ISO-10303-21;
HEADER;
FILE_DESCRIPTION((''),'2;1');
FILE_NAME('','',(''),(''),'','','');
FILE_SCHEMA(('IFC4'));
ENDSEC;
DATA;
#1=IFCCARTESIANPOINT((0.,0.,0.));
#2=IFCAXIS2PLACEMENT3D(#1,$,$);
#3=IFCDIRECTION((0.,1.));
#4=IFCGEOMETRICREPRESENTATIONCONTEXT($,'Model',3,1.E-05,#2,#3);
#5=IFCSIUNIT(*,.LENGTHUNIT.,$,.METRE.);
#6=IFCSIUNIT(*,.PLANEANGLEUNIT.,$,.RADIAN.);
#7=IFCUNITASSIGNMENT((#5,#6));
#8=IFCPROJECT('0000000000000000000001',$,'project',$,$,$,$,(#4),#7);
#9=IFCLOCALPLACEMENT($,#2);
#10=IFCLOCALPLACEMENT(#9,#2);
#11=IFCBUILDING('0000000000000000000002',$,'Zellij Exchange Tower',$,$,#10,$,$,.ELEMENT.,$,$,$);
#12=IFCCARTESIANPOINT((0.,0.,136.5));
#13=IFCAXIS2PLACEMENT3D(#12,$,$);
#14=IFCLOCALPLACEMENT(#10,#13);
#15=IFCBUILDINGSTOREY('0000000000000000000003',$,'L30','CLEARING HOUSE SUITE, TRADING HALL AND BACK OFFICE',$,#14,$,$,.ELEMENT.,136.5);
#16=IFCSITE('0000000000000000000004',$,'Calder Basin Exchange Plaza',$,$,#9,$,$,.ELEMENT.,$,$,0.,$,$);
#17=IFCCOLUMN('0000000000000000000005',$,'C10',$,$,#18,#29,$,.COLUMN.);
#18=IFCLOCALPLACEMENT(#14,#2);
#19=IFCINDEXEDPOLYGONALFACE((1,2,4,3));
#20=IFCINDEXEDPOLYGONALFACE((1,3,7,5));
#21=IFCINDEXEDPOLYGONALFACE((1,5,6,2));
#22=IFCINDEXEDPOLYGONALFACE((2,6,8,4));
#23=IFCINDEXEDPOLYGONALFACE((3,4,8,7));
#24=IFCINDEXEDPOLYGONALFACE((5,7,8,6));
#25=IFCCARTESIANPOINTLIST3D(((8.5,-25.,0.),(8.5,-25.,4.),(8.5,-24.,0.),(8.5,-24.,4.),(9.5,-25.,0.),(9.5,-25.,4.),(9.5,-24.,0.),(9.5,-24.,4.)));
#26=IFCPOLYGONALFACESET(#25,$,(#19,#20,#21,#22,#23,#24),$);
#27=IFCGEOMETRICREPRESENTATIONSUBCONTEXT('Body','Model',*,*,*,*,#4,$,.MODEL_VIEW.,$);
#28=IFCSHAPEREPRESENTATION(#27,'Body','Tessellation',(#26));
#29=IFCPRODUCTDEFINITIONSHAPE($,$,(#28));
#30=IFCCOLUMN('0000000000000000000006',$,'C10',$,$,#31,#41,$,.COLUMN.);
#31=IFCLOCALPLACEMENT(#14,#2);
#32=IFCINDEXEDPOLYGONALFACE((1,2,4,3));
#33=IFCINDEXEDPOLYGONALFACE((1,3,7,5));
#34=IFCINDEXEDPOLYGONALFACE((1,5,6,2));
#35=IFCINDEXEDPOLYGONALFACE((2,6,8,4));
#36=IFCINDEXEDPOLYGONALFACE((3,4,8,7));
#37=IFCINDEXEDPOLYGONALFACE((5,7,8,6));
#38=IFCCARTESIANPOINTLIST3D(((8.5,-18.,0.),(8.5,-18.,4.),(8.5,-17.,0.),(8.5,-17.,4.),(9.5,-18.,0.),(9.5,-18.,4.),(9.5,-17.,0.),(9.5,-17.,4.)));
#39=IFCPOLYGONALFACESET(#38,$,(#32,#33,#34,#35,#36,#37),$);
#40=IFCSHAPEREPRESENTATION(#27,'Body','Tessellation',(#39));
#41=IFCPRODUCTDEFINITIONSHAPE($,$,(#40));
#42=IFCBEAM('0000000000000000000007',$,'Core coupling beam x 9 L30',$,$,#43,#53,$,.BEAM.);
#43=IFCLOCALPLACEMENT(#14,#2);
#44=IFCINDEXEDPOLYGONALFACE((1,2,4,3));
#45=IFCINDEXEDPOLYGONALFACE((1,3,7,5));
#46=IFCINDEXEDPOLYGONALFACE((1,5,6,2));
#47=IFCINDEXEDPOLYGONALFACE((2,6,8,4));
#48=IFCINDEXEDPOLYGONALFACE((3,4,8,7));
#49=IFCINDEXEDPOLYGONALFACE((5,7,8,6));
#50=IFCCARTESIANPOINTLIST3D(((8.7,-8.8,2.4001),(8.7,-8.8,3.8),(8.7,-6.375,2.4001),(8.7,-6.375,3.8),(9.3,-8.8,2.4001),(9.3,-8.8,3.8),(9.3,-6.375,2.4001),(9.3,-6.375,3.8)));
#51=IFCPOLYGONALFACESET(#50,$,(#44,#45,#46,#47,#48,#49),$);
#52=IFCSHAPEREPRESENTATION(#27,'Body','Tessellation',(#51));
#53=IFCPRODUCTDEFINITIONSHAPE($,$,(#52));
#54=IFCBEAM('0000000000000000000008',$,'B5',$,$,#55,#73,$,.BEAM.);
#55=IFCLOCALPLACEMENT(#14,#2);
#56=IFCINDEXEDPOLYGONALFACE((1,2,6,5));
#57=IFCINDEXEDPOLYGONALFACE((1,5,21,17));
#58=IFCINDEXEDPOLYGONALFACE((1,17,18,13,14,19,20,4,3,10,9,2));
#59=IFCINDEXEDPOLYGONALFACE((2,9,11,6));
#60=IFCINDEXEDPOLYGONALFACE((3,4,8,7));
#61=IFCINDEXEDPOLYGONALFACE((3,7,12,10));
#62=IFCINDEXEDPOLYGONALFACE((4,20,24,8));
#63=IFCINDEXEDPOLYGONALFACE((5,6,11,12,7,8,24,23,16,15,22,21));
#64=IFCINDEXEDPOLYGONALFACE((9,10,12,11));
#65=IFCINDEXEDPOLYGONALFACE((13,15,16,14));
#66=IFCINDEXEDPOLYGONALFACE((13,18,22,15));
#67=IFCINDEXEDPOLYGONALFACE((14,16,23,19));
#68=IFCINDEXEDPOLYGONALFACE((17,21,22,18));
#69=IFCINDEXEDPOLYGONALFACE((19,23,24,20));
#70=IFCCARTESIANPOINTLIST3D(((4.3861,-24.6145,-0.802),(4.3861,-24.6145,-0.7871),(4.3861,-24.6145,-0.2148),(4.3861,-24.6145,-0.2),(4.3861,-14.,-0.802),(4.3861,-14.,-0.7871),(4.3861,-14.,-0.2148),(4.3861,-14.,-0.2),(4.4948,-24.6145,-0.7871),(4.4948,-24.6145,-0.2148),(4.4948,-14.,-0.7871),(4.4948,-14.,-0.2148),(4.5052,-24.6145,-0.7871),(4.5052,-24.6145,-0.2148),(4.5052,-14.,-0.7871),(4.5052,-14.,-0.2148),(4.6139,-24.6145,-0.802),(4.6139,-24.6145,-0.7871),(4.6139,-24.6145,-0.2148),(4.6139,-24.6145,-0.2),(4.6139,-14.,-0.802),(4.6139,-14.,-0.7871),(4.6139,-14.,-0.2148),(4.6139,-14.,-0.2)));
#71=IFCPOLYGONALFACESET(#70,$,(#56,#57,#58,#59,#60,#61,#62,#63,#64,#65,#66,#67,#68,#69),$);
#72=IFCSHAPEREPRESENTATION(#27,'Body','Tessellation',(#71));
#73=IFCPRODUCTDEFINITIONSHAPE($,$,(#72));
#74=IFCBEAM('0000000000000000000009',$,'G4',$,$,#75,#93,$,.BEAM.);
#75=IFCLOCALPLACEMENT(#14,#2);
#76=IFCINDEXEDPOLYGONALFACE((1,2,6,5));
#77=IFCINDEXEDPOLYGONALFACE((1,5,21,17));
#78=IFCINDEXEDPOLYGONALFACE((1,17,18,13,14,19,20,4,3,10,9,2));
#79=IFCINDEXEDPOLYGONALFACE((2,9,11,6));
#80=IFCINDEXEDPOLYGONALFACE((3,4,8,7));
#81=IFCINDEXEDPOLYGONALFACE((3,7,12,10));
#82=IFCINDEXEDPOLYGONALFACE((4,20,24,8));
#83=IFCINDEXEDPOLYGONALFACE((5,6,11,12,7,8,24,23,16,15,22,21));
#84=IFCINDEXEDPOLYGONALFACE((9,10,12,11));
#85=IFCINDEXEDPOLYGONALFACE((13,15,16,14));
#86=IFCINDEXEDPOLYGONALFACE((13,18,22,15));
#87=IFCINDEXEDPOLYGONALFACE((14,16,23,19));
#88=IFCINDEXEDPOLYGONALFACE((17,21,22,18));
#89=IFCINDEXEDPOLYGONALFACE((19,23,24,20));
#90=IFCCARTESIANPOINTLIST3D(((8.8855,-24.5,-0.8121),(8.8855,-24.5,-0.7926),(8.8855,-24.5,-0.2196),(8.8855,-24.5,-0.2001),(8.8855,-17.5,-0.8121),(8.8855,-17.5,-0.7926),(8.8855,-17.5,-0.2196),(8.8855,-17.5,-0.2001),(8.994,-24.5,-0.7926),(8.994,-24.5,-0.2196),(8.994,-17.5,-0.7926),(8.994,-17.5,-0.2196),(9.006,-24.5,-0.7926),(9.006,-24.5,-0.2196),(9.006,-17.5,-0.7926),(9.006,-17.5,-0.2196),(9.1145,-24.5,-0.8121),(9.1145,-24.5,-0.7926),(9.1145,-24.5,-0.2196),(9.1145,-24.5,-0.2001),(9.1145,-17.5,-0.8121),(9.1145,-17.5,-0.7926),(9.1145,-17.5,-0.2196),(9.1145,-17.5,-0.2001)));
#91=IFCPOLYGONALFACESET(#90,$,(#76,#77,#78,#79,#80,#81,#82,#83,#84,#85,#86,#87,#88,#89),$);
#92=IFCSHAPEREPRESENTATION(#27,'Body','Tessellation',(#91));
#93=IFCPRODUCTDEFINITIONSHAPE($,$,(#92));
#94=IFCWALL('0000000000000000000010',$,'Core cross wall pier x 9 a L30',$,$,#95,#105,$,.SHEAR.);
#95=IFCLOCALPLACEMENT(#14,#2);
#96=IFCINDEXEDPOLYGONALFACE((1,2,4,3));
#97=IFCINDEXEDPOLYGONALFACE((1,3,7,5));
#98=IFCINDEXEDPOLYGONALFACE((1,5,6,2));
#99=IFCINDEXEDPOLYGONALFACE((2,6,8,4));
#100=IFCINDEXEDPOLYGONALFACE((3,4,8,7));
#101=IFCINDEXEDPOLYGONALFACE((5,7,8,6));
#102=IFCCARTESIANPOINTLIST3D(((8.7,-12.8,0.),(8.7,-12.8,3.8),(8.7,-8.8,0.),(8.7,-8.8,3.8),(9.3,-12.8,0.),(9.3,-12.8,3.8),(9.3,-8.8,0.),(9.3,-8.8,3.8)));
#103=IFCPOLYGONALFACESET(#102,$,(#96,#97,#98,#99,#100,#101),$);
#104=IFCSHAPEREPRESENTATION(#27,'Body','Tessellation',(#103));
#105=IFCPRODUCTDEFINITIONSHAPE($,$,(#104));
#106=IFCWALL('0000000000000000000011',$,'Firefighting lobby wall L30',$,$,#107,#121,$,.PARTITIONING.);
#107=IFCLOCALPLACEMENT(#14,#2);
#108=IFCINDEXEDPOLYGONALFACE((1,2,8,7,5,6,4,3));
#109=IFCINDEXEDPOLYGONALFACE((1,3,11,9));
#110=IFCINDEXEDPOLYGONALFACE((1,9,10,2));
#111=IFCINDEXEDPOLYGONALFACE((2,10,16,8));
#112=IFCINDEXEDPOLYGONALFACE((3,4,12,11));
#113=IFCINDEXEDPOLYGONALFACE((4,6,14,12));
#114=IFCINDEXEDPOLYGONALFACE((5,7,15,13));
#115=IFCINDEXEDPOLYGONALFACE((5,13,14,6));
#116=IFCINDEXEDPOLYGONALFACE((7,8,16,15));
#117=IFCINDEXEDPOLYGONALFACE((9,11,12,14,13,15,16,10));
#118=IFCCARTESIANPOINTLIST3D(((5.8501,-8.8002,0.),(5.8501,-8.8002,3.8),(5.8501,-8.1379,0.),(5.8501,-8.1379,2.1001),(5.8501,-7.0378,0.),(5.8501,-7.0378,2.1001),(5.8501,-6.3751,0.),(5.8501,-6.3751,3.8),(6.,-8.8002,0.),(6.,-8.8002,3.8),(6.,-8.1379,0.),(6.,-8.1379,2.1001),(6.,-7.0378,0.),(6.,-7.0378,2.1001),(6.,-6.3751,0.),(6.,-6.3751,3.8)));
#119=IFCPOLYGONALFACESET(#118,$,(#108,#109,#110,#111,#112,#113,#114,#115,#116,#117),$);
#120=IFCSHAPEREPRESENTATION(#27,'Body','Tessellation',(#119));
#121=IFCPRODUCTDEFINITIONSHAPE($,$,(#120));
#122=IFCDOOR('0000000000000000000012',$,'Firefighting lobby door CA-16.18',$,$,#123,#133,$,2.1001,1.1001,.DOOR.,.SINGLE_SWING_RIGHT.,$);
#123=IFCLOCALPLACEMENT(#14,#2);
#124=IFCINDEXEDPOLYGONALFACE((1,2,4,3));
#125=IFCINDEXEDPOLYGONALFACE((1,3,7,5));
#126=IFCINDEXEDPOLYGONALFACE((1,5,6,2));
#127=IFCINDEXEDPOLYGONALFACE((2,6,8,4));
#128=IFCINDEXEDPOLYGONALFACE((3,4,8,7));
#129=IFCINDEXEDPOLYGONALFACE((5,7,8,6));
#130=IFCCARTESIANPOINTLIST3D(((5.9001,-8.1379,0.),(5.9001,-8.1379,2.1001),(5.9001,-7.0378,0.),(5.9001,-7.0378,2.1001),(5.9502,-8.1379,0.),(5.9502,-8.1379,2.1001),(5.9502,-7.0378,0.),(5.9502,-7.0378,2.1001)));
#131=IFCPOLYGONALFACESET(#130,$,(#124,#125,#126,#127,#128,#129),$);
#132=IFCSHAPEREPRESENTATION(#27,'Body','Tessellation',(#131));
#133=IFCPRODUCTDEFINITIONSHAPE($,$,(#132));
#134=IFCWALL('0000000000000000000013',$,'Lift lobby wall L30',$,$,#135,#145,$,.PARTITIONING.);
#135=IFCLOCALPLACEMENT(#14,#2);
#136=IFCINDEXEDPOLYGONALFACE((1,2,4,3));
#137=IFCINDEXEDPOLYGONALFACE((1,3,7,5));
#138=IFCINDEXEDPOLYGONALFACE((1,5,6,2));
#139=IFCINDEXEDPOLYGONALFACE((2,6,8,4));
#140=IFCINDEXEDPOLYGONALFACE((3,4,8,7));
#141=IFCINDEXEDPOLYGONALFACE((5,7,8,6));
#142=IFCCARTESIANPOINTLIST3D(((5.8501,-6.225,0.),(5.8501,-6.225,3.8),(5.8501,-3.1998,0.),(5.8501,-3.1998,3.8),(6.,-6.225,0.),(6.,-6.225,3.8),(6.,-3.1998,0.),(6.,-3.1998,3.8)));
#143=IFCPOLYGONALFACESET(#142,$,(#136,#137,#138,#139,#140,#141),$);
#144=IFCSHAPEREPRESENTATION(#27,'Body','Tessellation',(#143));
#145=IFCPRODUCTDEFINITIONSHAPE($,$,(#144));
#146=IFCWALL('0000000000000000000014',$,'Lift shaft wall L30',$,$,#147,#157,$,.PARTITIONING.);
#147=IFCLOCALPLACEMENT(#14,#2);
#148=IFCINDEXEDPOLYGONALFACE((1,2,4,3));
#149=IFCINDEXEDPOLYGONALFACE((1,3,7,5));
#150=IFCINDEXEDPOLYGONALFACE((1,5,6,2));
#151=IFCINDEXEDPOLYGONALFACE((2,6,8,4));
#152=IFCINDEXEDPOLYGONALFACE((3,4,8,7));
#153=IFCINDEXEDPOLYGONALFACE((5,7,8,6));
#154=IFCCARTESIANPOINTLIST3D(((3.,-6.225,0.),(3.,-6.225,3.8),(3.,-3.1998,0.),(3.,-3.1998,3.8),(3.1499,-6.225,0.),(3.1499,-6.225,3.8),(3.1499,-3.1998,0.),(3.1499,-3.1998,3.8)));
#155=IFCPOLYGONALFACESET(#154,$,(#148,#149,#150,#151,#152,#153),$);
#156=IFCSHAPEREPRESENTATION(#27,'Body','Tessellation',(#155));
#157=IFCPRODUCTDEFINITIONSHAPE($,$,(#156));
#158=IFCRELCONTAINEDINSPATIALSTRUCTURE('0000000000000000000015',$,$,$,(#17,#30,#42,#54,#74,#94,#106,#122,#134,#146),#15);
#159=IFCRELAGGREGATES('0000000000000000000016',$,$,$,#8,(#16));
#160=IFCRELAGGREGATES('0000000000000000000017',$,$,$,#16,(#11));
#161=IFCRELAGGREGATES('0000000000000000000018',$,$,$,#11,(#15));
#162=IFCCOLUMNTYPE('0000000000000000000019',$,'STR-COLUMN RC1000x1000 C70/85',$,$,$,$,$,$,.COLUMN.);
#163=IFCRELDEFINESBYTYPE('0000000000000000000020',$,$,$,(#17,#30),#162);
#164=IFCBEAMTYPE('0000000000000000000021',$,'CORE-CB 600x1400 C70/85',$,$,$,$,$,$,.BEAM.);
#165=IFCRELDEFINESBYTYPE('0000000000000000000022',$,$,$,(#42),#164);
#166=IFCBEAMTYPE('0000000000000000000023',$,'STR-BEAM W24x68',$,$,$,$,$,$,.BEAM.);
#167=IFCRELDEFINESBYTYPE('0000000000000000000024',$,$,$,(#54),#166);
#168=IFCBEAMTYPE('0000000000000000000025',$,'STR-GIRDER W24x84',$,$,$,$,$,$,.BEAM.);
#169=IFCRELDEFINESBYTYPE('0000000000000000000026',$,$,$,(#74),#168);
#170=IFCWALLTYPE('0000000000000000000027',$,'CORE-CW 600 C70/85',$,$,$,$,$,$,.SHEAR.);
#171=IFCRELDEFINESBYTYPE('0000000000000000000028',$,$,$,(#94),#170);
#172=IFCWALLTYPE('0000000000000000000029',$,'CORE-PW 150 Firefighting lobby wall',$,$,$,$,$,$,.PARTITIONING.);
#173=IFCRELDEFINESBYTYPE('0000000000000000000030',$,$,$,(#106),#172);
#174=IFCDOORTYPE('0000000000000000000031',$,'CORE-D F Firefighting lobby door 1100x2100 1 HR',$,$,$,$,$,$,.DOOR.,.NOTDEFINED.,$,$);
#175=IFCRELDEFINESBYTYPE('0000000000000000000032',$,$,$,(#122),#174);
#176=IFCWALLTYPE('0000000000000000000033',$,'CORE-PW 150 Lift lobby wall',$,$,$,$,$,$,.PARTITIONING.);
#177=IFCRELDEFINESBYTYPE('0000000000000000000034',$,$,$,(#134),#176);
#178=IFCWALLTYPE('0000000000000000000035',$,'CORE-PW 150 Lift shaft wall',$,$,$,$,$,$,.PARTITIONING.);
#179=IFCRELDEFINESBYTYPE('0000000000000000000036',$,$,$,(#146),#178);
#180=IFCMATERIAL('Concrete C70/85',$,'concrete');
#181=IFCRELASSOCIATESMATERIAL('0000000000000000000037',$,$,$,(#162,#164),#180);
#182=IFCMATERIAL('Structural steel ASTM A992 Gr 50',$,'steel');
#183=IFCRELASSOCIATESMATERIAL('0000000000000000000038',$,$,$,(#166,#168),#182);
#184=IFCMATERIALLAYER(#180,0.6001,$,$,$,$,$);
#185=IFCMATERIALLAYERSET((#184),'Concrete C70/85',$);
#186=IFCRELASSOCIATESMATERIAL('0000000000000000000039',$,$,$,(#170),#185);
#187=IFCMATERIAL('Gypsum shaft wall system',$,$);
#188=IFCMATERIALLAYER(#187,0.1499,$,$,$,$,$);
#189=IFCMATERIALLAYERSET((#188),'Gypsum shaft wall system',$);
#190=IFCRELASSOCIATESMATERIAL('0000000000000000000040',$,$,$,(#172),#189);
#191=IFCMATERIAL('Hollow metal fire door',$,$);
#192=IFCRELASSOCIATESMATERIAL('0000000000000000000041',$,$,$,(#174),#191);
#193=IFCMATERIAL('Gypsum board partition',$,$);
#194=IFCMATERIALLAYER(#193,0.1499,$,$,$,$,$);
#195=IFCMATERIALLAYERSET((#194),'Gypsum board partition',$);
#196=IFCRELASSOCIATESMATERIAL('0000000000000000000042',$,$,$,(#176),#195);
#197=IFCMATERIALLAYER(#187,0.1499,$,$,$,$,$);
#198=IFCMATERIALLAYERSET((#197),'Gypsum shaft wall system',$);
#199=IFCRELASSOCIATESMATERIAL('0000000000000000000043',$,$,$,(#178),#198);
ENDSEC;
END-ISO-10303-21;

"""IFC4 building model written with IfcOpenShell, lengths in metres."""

from ifc_helpers import new_model, si_unit, direction, frame, frame_2d, origin, origin_2d, place, context, subcontext, project, spatial, rectangle, i_section, extrude, material, layer, layer_set, material_profile, profile_set, type_object, element, fill, save


model = new_model("IFC4")

# Units and contexts
model_context = context("Model", 3, precision=1e-05, world=origin(), true_north=direction((0.0, 1.0)))
body_context = subcontext(model_context, "Body", "Model", "MODEL_VIEW")
ifc_project = project(units=[si_unit("LENGTHUNIT", "METRE"), si_unit("PLANEANGLEUNIT", "RADIAN")], contexts=[model_context])

# Site, building, storey
site_placement = place(None, origin())
site = spatial("IfcSite", under=ifc_project, at=site_placement, Name="Calder Basin Exchange Plaza", CompositionType="ELEMENT", RefElevation=0.0)
building_placement = place(site_placement, origin())
building = spatial("IfcBuilding", under=site, at=building_placement, Name="Zellij Exchange Tower", CompositionType="ELEMENT")
storey_placement = place(building_placement, frame((0.0, 0.0, 136.5)))
storey = spatial("IfcBuildingStorey", under=building, at=storey_placement, Name="L30", Description="CLEARING HOUSE SUITE, TRADING HALL AND BACK OFFICE", CompositionType="ELEMENT", Elevation=136.5)

# Columns
ifc_material_1 = material(Name="Concrete C70/85", Category="concrete")
ifc_material_profile_1 = material_profile(ifc_material_1, rectangle(XDim=1.0, YDim=1.0, at=origin_2d()), Name="STR-COLUMN RC1000x1000 C70/85")
ifc_profile_set_1 = profile_set([ifc_material_profile_1], Name="Concrete C70/85")
column_type = type_object("IfcColumnType", Name="STR-COLUMN RC1000x1000 C70/85", PredefinedType="COLUMN", material=ifc_profile_set_1)
for number, where, z_axis, x_axis, name in (
    (1, (9.0, -24.5, 0.0), (0.0, 0.0, 1.0), (1.0, 0.0, 0.0), "C10"),
    (2, (9.0, -17.5, 0.0), (0.0, 0.0, 1.0), (1.0, 0.0, 0.0), "C10"),
):
    element("IfcColumn", number, at=place(storey_placement, frame(where, z_axis=z_axis, x_axis=x_axis)), inside=storey, type_object=column_type, Name=name, PredefinedType="COLUMN", context=body_context, shape_type="SweptSolid", body=[
        extrude(rectangle(XDim=1.0, YDim=1.0, at=origin_2d()), origin(), (0.0, 0.0, 1.0), 4.0),
    ])

# Beams
ifc_material_profile_2 = material_profile(ifc_material_1, rectangle(XDim=0.6001, YDim=1.3999, at=origin_2d()), Name="CORE-CB 600x1400 C70/85")
ifc_profile_set_2 = profile_set([ifc_material_profile_2], Name="Concrete C70/85")
beam_type_1 = type_object("IfcBeamType", Name="CORE-CB 600x1400 C70/85", PredefinedType="BEAM", material=ifc_profile_set_2)
beam_1_placement = place(storey_placement, frame((9.0, -8.8, 3.1001), z_axis=(0.0, 1.0, 0.0), x_axis=(-1.0, 0.0, 0.0)))
element("IfcBeam", 3, at=beam_1_placement, inside=storey, type_object=beam_type_1, Name="Core coupling beam x 9 L30", PredefinedType="BEAM", context=body_context, shape_type="SweptSolid", body=[
    extrude(rectangle(XDim=0.6001, YDim=1.3999, at=origin_2d()), origin(), (0.0, 0.0, 1.0), 2.425),
])
ifc_material_2 = material(Name="Structural steel ASTM A992 Gr 50", Category="steel")
ifc_material_profile_3 = material_profile(ifc_material_2, i_section(OverallWidth=0.2278, OverallDepth=0.6021, WebThickness=0.0105, FlangeThickness=0.0149, at=origin_2d()), Name="W24x68")
ifc_profile_set_3 = profile_set([ifc_material_profile_3], Name="Structural steel ASTM A992 Gr 50")
beam_type_2 = type_object("IfcBeamType", Name="STR-BEAM W24x68", PredefinedType="BEAM", material=ifc_profile_set_3)
beam_2_placement = place(storey_placement, frame((4.5, -24.6145, -0.501), z_axis=(0.0, 1.0, 0.0), x_axis=(-1.0, 0.0, 0.0)))
element("IfcBeam", 4, at=beam_2_placement, inside=storey, type_object=beam_type_2, Name="B5", PredefinedType="BEAM", context=body_context, shape_type="SweptSolid", body=[
    extrude(i_section(OverallWidth=0.2278, OverallDepth=0.6021, WebThickness=0.0105, FlangeThickness=0.0149, at=origin_2d()), origin(), (0.0, 0.0, 1.0), 10.6145),
])
ifc_material_profile_4 = material_profile(ifc_material_2, i_section(OverallWidth=0.229, OverallDepth=0.6121, WebThickness=0.012, FlangeThickness=0.0195, at=origin_2d()), Name="W24x84")
ifc_profile_set_4 = profile_set([ifc_material_profile_4], Name="Structural steel ASTM A992 Gr 50")
beam_type_3 = type_object("IfcBeamType", Name="STR-GIRDER W24x84", PredefinedType="BEAM", material=ifc_profile_set_4)
beam_3_placement = place(storey_placement, frame((9.0, -24.5, -0.5061), z_axis=(0.0, 1.0, 0.0), x_axis=(-1.0, 0.0, 0.0)))
element("IfcBeam", 5, at=beam_3_placement, inside=storey, type_object=beam_type_3, Name="G4", PredefinedType="BEAM", context=body_context, shape_type="SweptSolid", body=[
    extrude(i_section(OverallWidth=0.229, OverallDepth=0.6121, WebThickness=0.012, FlangeThickness=0.0195, at=origin_2d()), origin(), (0.0, 0.0, 1.0), 7.0),
])

# Wall
ifc_layer_1 = layer(ifc_material_1, 0.6001)
ifc_layer_set_1 = layer_set([ifc_layer_1], Name="Concrete C70/85")
wall_type_1 = type_object("IfcWallType", Name="CORE-CW 600 C70/85", PredefinedType="SHEAR", material=ifc_layer_set_1)
wall_1_placement = place(storey_placement, frame((9.0, -12.8, 0.0), z_axis=(0.0, 0.0, 1.0), x_axis=(0.0, 1.0, 0.0)))
element("IfcWall", 6, at=wall_1_placement, inside=storey, type_object=wall_type_1, Name="Core cross wall pier x 9 a L30", PredefinedType="SHEAR", context=body_context, shape_type="SweptSolid", body=[
    extrude(rectangle(XDim=4.0, YDim=0.6001, at=frame_2d((2.0, 0.0))), origin(), (0.0, 0.0, 1.0), 3.8),
])

# Wall, opening, door
ifc_material_3 = material(Name="Gypsum shaft wall system")
ifc_layer_2 = layer(ifc_material_3, 0.1499)
ifc_layer_set_2 = layer_set([ifc_layer_2], Name="Gypsum shaft wall system")
wall_type_2 = type_object("IfcWallType", Name="CORE-PW 150 Firefighting lobby wall", PredefinedType="PARTITIONING", material=ifc_layer_set_2)
wall_2_placement = place(storey_placement, frame((5.925, -8.8, 0.0), z_axis=(0.0, 0.0, 1.0), x_axis=(0.0, 1.0, 0.0)))
wall_2 = element("IfcWall", 7, at=wall_2_placement, inside=storey, type_object=wall_type_2, Name="Firefighting lobby wall L30", PredefinedType="PARTITIONING", context=body_context, shape_type="SweptSolid", body=[
    extrude(rectangle(XDim=2.425, YDim=0.1499, at=frame_2d((1.2124, 0.0))), origin(), (0.0, 0.0, 1.0), 3.8),
])
opening_1_placement = place(wall_2_placement, frame((0.6621, 0.0, 0.0)))
opening_1 = element("IfcOpeningElement", 8, at=opening_1_placement, cuts=wall_2, PredefinedType="OPENING", context=body_context, shape_type="SweptSolid", body=[
    extrude(rectangle(XDim=1.1001, YDim=2.1001, at=frame_2d((0.55, 1.05))), frame((0.0, 0.0869, 0.0), z_axis=(0.0, -1.0, 0.0), x_axis=(1.0, 0.0, 0.0)), (0.0, 0.0, 1.0), 0.1738),
])
ifc_material_4 = material(Name="Hollow metal fire door")
door_type_1 = type_object("IfcDoorType", Name="CORE-D F Firefighting lobby door 1100x2100 1 HR", OperationType="NOTDEFINED", PredefinedType="DOOR", material=ifc_material_4)
door_1_placement = place(opening_1_placement, origin())
door_1 = element("IfcDoor", 9, at=door_1_placement, inside=storey, type_object=door_type_1, Name="Firefighting lobby door CA-16.18", OperationType="SINGLE_SWING_RIGHT", OverallHeight=2.1001, OverallWidth=1.1001, PredefinedType="DOOR", context=body_context, shape_type="SweptSolid", body=[
    extrude(rectangle(XDim=1.1001, YDim=2.1001, at=frame_2d((0.55, 1.05))), frame((0.0, 0.0249, 0.0), z_axis=(0.0, -1.0, 0.0), x_axis=(1.0, 0.0, 0.0)), (0.0, 0.0, 1.0), 0.05),
])
fill(opening_1, door_1)

# Walls
ifc_material_5 = material(Name="Gypsum board partition")
ifc_layer_3 = layer(ifc_material_5, 0.1499)
ifc_layer_set_3 = layer_set([ifc_layer_3], Name="Gypsum board partition")
wall_type_3 = type_object("IfcWallType", Name="CORE-PW 150 Lift lobby wall", PredefinedType="PARTITIONING", material=ifc_layer_set_3)
wall_3_placement = place(storey_placement, frame((5.925, -6.2251, 0.0), z_axis=(0.0, 0.0, 1.0), x_axis=(0.0, 1.0, 0.0)))
element("IfcWall", 10, at=wall_3_placement, inside=storey, type_object=wall_type_3, Name="Lift lobby wall L30", PredefinedType="PARTITIONING", context=body_context, shape_type="SweptSolid", body=[
    extrude(rectangle(XDim=3.0251, YDim=0.1499, at=frame_2d((1.5127, 0.0))), origin(), (0.0, 0.0, 1.0), 3.8),
])
ifc_layer_4 = layer(ifc_material_3, 0.1499)
ifc_layer_set_4 = layer_set([ifc_layer_4], Name="Gypsum shaft wall system")
wall_type_4 = type_object("IfcWallType", Name="CORE-PW 150 Lift shaft wall", PredefinedType="PARTITIONING", material=ifc_layer_set_4)
wall_4_placement = place(storey_placement, frame((3.075, -6.2251, 0.0), z_axis=(0.0, 0.0, 1.0), x_axis=(0.0, 1.0, 0.0)))
element("IfcWall", 11, at=wall_4_placement, inside=storey, type_object=wall_type_4, Name="Lift shaft wall L30", PredefinedType="PARTITIONING", context=body_context, shape_type="SweptSolid", body=[
    extrude(rectangle(XDim=3.0251, YDim=0.1499, at=frame_2d((1.5127, 0.0))), origin(), (0.0, 0.0, 1.0), 3.8),
])

save(model, "model.ifc")
